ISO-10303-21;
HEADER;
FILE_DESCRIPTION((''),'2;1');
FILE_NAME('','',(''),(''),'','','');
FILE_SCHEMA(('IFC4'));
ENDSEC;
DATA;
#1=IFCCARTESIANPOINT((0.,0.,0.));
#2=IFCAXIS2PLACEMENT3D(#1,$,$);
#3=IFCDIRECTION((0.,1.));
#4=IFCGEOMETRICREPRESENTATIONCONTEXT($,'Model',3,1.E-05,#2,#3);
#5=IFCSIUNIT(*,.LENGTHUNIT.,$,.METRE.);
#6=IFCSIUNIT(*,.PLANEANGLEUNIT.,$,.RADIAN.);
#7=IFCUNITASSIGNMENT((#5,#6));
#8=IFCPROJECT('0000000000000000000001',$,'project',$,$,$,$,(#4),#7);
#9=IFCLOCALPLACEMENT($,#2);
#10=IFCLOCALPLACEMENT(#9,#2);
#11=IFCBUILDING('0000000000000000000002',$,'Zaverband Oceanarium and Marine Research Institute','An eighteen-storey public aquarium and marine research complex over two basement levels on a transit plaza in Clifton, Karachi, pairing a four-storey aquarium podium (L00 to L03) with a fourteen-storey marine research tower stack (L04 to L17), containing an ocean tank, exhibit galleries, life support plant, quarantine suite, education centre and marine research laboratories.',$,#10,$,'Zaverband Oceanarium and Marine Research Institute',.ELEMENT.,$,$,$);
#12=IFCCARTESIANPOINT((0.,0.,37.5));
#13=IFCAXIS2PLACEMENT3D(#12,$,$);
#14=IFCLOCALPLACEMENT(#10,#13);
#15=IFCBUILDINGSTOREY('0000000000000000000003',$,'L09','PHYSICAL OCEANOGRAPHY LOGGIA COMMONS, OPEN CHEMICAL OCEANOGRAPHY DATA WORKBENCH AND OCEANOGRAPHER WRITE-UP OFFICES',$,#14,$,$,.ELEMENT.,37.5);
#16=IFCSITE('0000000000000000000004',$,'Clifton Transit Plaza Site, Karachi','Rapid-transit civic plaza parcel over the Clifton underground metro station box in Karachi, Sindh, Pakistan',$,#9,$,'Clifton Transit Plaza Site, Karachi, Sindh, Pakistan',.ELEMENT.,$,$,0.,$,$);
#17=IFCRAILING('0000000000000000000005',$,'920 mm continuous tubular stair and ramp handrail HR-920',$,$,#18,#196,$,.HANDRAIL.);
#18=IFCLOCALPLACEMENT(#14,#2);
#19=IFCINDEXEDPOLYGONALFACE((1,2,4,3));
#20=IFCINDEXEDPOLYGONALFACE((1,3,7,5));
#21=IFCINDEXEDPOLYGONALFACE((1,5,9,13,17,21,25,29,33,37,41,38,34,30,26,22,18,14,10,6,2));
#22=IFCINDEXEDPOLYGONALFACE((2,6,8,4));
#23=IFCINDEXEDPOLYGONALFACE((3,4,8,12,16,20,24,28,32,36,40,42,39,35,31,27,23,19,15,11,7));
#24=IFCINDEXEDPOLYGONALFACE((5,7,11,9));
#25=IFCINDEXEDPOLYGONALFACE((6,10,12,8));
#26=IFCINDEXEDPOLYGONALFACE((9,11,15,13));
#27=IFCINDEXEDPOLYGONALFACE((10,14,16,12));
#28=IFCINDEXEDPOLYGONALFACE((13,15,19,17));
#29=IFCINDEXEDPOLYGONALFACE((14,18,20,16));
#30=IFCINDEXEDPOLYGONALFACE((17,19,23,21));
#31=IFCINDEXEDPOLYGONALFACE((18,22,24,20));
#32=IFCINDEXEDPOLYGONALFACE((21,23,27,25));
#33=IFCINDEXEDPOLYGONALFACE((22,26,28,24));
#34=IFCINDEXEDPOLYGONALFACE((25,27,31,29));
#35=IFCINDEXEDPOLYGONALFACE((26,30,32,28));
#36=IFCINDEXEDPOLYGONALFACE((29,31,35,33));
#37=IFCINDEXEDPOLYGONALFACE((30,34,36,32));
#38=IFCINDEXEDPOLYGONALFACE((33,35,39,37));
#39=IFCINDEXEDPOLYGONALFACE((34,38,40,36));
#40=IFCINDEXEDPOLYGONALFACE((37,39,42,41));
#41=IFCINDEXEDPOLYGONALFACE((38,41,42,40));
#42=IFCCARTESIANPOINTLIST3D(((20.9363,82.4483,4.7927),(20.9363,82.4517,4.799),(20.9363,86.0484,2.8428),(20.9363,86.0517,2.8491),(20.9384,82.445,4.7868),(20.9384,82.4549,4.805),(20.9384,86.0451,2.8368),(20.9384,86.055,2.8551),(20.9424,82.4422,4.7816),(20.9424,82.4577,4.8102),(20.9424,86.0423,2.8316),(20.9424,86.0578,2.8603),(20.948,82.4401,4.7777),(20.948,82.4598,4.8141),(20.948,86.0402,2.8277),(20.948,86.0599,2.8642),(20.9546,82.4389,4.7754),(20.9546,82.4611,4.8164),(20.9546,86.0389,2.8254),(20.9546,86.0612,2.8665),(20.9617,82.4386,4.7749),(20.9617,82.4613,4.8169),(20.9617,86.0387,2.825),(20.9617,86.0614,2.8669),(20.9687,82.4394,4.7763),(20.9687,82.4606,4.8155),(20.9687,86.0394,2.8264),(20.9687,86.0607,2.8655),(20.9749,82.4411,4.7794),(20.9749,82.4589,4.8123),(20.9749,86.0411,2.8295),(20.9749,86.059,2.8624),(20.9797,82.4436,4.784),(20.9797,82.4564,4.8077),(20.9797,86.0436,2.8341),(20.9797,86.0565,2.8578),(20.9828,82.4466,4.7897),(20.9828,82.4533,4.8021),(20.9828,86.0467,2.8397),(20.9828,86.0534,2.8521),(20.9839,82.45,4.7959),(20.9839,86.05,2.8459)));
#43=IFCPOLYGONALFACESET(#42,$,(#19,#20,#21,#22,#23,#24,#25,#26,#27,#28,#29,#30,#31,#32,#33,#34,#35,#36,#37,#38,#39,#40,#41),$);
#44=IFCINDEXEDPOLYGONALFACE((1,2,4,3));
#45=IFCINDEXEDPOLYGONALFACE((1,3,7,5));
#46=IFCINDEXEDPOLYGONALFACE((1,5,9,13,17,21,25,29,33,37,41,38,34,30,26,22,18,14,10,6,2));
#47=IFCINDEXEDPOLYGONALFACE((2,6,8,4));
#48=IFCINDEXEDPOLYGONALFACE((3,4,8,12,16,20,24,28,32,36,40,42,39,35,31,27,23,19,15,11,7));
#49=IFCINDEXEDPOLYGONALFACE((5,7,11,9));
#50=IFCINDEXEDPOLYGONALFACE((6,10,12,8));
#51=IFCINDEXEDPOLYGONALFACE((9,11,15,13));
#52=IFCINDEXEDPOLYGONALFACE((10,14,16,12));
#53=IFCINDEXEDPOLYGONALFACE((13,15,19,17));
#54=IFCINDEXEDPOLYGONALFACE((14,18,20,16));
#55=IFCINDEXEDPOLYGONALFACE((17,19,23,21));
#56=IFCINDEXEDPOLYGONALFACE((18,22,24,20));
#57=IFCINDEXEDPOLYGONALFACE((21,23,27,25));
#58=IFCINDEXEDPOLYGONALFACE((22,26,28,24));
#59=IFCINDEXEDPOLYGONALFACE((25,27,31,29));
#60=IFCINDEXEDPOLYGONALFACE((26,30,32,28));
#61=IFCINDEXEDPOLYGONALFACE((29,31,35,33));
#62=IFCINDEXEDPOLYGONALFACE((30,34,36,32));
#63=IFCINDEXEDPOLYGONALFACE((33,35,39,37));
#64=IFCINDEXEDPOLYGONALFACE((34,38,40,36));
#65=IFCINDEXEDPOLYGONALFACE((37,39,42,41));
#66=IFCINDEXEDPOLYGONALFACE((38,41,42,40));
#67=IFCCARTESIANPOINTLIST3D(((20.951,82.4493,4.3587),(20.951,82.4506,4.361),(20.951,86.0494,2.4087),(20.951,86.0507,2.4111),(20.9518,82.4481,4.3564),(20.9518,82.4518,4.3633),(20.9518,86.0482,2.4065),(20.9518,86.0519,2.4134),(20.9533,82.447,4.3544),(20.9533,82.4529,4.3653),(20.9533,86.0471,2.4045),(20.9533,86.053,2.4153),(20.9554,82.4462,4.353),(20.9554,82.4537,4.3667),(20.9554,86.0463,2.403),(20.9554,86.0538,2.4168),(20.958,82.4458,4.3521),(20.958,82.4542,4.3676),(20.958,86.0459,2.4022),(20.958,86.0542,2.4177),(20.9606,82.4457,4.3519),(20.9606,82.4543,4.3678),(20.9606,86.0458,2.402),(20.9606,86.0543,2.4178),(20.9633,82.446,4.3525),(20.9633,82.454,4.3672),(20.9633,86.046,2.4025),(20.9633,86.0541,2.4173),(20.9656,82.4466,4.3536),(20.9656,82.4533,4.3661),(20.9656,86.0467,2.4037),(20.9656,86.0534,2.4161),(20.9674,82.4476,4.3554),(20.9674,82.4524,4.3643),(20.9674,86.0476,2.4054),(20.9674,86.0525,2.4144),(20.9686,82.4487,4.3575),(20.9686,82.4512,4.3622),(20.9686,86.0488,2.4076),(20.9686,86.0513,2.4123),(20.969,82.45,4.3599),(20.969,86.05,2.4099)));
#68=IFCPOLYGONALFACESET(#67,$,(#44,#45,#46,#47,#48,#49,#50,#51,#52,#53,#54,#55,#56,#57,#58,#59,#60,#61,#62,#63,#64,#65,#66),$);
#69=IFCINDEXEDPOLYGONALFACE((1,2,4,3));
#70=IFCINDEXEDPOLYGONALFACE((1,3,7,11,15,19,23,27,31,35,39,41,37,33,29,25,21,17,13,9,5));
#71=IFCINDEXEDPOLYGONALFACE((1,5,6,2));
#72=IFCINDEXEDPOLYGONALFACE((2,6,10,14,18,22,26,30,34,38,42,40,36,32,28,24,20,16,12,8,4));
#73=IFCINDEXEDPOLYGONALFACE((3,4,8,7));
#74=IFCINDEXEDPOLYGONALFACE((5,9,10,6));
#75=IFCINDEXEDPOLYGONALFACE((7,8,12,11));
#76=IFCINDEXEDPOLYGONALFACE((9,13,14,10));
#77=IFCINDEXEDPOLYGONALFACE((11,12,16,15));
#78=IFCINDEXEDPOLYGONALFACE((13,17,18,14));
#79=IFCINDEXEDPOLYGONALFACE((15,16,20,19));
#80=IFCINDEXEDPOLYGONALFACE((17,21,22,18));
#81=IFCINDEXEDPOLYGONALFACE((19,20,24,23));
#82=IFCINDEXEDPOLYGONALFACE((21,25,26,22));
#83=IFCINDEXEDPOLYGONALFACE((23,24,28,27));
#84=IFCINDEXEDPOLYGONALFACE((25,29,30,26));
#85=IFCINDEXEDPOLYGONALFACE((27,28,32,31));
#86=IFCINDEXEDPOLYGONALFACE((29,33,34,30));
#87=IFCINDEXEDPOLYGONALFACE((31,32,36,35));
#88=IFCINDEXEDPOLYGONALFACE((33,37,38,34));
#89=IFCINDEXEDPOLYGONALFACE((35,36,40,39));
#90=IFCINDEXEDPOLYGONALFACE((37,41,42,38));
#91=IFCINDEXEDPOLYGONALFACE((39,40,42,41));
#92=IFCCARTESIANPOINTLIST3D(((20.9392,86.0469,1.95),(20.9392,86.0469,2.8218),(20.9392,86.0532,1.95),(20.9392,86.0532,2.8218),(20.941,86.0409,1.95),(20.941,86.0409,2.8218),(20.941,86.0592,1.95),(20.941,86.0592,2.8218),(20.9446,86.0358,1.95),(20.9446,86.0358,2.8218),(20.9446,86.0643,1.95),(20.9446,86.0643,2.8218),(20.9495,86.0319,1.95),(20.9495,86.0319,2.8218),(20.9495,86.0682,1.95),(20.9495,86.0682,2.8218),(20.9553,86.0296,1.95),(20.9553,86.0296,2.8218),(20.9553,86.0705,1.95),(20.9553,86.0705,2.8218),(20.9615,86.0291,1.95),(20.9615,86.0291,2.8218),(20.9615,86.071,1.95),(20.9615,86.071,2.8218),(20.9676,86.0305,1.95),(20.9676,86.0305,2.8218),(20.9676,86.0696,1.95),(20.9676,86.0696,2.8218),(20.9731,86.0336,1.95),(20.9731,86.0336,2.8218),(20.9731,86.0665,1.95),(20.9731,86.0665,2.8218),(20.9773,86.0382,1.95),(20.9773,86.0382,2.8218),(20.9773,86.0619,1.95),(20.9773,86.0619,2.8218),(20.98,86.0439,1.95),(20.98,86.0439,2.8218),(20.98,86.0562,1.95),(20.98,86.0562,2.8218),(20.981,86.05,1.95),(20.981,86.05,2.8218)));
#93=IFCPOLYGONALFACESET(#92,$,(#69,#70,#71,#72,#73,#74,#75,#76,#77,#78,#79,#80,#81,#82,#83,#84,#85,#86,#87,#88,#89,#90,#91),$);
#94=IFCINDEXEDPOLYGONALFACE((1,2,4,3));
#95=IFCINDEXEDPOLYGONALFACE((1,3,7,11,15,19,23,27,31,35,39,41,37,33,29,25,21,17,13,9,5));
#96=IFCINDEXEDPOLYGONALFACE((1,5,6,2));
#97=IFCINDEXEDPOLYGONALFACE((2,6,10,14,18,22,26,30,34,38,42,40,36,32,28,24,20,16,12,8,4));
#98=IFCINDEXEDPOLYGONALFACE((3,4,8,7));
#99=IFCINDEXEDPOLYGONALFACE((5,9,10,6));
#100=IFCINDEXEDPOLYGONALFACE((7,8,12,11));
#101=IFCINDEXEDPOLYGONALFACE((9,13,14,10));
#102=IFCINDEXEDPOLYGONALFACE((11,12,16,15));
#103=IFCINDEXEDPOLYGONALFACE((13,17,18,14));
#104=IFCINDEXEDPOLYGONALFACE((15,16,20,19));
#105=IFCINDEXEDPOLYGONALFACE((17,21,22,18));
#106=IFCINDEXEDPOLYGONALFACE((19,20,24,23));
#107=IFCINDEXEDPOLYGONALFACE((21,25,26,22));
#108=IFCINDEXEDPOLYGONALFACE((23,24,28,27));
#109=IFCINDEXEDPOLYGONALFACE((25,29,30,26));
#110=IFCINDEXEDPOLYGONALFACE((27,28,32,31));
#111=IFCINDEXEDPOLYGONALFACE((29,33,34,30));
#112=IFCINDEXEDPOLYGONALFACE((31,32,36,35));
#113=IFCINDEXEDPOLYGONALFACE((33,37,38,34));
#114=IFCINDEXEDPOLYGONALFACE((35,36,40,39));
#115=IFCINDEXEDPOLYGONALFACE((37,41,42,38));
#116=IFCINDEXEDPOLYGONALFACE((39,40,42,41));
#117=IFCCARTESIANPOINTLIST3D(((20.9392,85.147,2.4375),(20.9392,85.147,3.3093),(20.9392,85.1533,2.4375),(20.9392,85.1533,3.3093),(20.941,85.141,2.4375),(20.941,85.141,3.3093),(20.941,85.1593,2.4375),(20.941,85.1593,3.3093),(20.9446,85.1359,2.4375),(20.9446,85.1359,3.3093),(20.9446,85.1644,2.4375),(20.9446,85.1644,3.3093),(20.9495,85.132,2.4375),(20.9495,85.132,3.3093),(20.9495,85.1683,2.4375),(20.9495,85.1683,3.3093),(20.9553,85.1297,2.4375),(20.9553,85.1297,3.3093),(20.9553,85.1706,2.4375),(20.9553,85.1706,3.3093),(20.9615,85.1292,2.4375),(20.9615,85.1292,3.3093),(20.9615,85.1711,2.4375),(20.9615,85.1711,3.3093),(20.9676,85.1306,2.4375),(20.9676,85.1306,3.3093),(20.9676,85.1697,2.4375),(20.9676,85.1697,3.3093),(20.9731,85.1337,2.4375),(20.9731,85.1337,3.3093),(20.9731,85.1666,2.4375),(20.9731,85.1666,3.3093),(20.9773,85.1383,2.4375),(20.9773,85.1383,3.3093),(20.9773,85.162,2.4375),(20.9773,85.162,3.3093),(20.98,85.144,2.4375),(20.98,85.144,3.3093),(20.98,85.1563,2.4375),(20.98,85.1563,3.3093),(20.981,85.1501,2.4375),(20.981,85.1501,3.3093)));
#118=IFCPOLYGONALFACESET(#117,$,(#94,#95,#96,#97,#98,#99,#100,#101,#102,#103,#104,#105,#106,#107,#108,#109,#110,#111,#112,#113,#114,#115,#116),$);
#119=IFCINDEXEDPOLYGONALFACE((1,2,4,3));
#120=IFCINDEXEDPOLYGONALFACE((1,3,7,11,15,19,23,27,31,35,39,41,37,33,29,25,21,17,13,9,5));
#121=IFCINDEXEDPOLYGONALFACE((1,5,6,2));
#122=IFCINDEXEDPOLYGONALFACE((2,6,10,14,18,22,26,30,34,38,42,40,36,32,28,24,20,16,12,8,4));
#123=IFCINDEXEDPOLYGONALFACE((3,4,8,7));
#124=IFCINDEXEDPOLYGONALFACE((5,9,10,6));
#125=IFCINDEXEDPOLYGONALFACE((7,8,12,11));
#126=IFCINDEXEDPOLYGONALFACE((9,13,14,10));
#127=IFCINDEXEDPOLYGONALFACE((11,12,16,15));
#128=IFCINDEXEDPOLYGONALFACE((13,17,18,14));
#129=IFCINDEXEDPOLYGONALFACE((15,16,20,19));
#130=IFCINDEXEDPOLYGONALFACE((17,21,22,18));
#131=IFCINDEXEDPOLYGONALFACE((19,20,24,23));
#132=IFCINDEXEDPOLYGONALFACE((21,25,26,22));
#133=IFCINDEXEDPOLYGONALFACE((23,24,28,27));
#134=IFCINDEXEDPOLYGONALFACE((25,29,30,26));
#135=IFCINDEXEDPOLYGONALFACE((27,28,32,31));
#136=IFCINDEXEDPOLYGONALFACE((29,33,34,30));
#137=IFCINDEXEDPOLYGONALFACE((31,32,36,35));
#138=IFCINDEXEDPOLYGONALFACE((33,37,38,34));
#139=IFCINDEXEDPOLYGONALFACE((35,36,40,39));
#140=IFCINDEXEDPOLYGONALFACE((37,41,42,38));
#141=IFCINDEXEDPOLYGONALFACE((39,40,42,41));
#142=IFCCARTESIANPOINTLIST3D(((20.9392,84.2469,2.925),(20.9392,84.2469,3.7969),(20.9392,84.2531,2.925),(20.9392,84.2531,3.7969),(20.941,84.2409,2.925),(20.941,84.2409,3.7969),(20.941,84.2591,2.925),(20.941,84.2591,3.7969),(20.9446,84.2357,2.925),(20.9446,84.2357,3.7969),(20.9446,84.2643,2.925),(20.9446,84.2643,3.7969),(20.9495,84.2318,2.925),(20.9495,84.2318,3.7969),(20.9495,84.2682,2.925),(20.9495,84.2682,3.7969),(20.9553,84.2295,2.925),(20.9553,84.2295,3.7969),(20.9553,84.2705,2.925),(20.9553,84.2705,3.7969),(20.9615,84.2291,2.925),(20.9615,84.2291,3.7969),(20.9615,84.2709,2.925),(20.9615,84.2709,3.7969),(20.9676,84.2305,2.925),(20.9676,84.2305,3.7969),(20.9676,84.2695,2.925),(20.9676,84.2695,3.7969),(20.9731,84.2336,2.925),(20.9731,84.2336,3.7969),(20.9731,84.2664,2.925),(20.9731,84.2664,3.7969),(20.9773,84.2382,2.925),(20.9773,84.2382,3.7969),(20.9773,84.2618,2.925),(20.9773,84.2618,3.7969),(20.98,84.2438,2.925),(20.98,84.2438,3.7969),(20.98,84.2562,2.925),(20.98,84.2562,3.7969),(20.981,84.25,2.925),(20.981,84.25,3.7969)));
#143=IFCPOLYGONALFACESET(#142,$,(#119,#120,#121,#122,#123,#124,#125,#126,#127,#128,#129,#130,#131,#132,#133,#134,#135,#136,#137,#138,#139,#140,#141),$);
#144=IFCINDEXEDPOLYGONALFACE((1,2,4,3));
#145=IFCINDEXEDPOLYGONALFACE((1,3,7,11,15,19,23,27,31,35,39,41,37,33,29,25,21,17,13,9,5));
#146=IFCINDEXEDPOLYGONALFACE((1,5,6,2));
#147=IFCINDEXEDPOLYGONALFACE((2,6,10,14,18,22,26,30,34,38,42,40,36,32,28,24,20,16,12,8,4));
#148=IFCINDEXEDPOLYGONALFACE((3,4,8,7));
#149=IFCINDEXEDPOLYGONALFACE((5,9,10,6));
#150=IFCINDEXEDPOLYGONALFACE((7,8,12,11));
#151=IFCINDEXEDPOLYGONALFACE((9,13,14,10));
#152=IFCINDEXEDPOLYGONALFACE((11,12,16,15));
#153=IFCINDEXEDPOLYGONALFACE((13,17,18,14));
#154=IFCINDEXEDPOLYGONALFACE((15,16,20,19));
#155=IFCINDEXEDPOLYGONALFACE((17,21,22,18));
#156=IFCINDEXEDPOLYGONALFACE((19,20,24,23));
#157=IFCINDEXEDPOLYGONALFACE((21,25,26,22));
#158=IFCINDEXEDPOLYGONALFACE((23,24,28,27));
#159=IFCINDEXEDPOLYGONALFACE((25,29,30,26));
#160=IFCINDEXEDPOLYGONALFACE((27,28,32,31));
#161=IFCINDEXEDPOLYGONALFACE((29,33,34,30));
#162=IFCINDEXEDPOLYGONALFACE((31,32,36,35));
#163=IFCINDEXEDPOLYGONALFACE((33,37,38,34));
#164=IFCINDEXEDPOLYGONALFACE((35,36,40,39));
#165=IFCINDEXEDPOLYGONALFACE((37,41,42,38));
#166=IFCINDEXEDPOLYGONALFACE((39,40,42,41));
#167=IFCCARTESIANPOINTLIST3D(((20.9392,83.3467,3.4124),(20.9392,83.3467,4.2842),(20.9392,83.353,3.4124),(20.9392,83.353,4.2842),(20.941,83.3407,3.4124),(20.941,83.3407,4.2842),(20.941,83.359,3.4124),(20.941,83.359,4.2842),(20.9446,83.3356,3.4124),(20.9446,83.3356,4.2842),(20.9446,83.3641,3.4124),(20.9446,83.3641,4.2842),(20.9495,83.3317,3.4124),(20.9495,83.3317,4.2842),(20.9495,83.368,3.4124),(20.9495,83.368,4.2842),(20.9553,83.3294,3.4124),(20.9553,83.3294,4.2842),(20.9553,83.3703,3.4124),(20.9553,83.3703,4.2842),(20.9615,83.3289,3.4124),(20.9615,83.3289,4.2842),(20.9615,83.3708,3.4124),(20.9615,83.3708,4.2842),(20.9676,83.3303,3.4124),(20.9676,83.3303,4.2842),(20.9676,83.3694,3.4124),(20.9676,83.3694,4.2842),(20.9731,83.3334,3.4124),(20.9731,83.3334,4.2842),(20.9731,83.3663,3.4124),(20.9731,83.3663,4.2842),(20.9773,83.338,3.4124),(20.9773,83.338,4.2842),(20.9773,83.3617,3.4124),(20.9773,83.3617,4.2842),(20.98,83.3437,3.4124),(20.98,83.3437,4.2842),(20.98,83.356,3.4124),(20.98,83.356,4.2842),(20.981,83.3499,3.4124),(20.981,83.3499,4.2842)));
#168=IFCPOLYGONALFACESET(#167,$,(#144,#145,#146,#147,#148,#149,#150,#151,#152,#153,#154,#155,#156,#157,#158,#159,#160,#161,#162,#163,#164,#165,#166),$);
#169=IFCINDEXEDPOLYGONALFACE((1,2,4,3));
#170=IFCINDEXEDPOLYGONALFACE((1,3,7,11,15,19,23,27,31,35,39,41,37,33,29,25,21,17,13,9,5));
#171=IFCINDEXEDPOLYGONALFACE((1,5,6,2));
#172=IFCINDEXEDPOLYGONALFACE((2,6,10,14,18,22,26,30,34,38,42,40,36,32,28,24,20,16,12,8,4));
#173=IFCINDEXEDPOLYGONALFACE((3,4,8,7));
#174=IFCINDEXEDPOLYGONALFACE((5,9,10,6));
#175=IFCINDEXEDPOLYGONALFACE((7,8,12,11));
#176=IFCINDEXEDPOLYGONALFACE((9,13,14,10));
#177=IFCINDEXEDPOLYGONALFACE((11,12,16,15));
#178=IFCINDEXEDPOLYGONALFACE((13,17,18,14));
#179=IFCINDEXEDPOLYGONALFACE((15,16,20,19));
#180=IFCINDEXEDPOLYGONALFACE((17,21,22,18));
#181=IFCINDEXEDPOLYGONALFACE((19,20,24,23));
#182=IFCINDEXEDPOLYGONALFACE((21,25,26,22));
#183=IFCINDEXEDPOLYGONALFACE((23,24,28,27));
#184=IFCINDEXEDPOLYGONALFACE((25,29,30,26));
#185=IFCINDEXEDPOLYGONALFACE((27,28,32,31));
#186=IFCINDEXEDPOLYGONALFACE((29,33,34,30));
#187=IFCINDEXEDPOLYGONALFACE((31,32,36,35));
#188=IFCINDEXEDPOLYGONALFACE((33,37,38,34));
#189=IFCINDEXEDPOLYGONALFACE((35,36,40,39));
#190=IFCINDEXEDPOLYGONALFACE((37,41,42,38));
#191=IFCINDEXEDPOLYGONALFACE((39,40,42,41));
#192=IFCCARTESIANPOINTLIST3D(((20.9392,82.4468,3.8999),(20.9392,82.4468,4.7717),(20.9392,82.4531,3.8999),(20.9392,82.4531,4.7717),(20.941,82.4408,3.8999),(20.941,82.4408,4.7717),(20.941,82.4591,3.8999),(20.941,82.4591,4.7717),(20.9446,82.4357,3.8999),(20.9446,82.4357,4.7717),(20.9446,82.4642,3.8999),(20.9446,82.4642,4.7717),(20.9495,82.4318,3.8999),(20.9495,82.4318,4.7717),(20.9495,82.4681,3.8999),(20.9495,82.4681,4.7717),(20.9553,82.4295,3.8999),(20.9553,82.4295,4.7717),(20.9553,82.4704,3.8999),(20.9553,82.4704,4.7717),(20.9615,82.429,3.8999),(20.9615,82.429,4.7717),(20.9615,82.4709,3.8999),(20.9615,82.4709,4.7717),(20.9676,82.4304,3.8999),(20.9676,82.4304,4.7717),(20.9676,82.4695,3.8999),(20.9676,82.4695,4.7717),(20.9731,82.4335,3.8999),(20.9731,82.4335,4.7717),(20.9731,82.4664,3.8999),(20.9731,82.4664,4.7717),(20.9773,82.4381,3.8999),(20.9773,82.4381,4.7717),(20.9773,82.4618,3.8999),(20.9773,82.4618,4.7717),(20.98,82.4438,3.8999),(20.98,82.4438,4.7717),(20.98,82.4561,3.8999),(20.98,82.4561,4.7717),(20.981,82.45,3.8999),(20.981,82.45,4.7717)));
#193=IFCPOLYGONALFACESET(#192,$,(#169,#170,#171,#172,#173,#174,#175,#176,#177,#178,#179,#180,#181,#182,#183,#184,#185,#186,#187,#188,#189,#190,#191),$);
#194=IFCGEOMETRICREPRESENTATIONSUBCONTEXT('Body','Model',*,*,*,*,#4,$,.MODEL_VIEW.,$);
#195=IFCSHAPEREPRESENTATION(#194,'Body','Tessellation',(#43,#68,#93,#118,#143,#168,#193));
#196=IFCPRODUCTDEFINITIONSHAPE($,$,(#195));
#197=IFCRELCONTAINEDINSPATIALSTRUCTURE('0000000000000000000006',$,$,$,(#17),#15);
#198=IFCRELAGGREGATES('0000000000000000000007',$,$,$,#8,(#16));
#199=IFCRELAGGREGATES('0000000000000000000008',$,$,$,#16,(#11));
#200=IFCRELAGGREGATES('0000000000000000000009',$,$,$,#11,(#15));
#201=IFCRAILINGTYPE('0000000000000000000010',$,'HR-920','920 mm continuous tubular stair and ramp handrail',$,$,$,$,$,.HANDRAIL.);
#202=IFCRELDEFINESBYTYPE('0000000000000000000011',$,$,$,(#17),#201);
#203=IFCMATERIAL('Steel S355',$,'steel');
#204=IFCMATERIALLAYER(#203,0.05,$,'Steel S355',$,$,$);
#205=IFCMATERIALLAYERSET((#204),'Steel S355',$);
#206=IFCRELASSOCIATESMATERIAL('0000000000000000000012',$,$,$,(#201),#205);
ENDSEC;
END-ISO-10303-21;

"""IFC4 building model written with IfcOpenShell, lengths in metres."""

from ifc_helpers import new_model, si_unit, direction, frame, origin, origin_2d, place, context, subcontext, project, spatial, circle, extrude, material, layer, layer_set, type_object, element, save


model = new_model("IFC4")

# Units and contexts
model_context = context("Model", 3, precision=1e-05, world=origin(), true_north=direction((0.0, 1.0)))
body_context = subcontext(model_context, "Body", "Model", "MODEL_VIEW")
ifc_project = project(units=[si_unit("LENGTHUNIT", "METRE"), si_unit("PLANEANGLEUNIT", "RADIAN")], contexts=[model_context])

# Site, building, storey
site_placement = place(None, origin())
site = spatial("IfcSite", under=ifc_project, at=site_placement, Name="Clifton Transit Plaza Site, Karachi", Description="Rapid-transit civic plaza parcel over the Clifton underground metro station box in Karachi, Sindh, Pakistan", LongName="Clifton Transit Plaza Site, Karachi, Sindh, Pakistan", CompositionType="ELEMENT", RefElevation=0.0)
building_placement = place(site_placement, origin())
building = spatial("IfcBuilding", under=site, at=building_placement, Name="Zaverband Oceanarium and Marine Research Institute", Description="An eighteen-storey public aquarium and marine research complex over two basement levels on a transit plaza in Clifton, Karachi, pairing a four-storey aquarium podium (L00 to L03) with a fourteen-storey marine research tower stack (L04 to L17), containing an ocean tank, exhibit galleries, life support plant, quarantine suite, education centre and marine research laboratories.", LongName="Zaverband Oceanarium and Marine Research Institute", CompositionType="ELEMENT")
storey_placement = place(building_placement, frame((0.0, 0.0, 37.5)))
storey = spatial("IfcBuildingStorey", under=building, at=storey_placement, Name="L09", Description="PHYSICAL OCEANOGRAPHY LOGGIA COMMONS, OPEN CHEMICAL OCEANOGRAPHY DATA WORKBENCH AND OCEANOGRAPHER WRITE-UP OFFICES", CompositionType="ELEMENT", Elevation=37.5)

# Shared definitions
ifc_material_1 = material(Name="Steel S355", Category="steel")

# Railing
ifc_layer_1 = layer(ifc_material_1, 0.05, Name="Steel S355")
ifc_layer_set_1 = layer_set([ifc_layer_1], Name="Steel S355")
railing_type_1 = type_object("IfcRailingType", Name="HR-920", Description="920 mm continuous tubular stair and ramp handrail", PredefinedType="HANDRAIL", material=ifc_layer_set_1)
railing_1_placement = place(storey_placement, frame((20.96, 86.05, 1.95)))
element("IfcRailing", 1, at=railing_1_placement, inside=storey, type_object=railing_type_1, Name="920 mm continuous tubular stair and ramp handrail HR-920", PredefinedType="HANDRAIL", context=body_context, shape_type="SweptSolid", body=[
    extrude(circle(Radius=0.0239, at=origin_2d()), frame((0.0, 0.0, 0.896), z_axis=(0.0, -0.879302, 0.476264), x_axis=(1.0, 0.0, 0.0)), (0.0, 0.0, 1.0), 4.0942),
    extrude(circle(Radius=0.009, at=origin_2d()), frame((0.0, 0.0, 0.46), z_axis=(0.0, -0.879302, 0.476264), x_axis=(1.0, 0.0, 0.0)), (0.0, 0.0, 1.0), 4.0942),
    extrude(circle(Radius=0.021, at=origin_2d()), origin(), (0.0, 0.0, 1.0), 0.8718),
    extrude(circle(Radius=0.021, at=origin_2d()), frame((0.0, -0.8999, 0.4875)), (0.0, 0.0, 1.0), 0.8718),
    extrude(circle(Radius=0.021, at=origin_2d()), frame((0.0, -1.8, 0.9751)), (0.0, 0.0, 1.0), 0.8718),
    extrude(circle(Radius=0.021, at=origin_2d()), frame((0.0, -2.7002, 1.4624)), (0.0, 0.0, 1.0), 0.8718),
    extrude(circle(Radius=0.021, at=origin_2d()), frame((0.0, -3.6001, 1.95)), (0.0, 0.0, 1.0), 0.8718),
])

save(model, "model.ifc")
